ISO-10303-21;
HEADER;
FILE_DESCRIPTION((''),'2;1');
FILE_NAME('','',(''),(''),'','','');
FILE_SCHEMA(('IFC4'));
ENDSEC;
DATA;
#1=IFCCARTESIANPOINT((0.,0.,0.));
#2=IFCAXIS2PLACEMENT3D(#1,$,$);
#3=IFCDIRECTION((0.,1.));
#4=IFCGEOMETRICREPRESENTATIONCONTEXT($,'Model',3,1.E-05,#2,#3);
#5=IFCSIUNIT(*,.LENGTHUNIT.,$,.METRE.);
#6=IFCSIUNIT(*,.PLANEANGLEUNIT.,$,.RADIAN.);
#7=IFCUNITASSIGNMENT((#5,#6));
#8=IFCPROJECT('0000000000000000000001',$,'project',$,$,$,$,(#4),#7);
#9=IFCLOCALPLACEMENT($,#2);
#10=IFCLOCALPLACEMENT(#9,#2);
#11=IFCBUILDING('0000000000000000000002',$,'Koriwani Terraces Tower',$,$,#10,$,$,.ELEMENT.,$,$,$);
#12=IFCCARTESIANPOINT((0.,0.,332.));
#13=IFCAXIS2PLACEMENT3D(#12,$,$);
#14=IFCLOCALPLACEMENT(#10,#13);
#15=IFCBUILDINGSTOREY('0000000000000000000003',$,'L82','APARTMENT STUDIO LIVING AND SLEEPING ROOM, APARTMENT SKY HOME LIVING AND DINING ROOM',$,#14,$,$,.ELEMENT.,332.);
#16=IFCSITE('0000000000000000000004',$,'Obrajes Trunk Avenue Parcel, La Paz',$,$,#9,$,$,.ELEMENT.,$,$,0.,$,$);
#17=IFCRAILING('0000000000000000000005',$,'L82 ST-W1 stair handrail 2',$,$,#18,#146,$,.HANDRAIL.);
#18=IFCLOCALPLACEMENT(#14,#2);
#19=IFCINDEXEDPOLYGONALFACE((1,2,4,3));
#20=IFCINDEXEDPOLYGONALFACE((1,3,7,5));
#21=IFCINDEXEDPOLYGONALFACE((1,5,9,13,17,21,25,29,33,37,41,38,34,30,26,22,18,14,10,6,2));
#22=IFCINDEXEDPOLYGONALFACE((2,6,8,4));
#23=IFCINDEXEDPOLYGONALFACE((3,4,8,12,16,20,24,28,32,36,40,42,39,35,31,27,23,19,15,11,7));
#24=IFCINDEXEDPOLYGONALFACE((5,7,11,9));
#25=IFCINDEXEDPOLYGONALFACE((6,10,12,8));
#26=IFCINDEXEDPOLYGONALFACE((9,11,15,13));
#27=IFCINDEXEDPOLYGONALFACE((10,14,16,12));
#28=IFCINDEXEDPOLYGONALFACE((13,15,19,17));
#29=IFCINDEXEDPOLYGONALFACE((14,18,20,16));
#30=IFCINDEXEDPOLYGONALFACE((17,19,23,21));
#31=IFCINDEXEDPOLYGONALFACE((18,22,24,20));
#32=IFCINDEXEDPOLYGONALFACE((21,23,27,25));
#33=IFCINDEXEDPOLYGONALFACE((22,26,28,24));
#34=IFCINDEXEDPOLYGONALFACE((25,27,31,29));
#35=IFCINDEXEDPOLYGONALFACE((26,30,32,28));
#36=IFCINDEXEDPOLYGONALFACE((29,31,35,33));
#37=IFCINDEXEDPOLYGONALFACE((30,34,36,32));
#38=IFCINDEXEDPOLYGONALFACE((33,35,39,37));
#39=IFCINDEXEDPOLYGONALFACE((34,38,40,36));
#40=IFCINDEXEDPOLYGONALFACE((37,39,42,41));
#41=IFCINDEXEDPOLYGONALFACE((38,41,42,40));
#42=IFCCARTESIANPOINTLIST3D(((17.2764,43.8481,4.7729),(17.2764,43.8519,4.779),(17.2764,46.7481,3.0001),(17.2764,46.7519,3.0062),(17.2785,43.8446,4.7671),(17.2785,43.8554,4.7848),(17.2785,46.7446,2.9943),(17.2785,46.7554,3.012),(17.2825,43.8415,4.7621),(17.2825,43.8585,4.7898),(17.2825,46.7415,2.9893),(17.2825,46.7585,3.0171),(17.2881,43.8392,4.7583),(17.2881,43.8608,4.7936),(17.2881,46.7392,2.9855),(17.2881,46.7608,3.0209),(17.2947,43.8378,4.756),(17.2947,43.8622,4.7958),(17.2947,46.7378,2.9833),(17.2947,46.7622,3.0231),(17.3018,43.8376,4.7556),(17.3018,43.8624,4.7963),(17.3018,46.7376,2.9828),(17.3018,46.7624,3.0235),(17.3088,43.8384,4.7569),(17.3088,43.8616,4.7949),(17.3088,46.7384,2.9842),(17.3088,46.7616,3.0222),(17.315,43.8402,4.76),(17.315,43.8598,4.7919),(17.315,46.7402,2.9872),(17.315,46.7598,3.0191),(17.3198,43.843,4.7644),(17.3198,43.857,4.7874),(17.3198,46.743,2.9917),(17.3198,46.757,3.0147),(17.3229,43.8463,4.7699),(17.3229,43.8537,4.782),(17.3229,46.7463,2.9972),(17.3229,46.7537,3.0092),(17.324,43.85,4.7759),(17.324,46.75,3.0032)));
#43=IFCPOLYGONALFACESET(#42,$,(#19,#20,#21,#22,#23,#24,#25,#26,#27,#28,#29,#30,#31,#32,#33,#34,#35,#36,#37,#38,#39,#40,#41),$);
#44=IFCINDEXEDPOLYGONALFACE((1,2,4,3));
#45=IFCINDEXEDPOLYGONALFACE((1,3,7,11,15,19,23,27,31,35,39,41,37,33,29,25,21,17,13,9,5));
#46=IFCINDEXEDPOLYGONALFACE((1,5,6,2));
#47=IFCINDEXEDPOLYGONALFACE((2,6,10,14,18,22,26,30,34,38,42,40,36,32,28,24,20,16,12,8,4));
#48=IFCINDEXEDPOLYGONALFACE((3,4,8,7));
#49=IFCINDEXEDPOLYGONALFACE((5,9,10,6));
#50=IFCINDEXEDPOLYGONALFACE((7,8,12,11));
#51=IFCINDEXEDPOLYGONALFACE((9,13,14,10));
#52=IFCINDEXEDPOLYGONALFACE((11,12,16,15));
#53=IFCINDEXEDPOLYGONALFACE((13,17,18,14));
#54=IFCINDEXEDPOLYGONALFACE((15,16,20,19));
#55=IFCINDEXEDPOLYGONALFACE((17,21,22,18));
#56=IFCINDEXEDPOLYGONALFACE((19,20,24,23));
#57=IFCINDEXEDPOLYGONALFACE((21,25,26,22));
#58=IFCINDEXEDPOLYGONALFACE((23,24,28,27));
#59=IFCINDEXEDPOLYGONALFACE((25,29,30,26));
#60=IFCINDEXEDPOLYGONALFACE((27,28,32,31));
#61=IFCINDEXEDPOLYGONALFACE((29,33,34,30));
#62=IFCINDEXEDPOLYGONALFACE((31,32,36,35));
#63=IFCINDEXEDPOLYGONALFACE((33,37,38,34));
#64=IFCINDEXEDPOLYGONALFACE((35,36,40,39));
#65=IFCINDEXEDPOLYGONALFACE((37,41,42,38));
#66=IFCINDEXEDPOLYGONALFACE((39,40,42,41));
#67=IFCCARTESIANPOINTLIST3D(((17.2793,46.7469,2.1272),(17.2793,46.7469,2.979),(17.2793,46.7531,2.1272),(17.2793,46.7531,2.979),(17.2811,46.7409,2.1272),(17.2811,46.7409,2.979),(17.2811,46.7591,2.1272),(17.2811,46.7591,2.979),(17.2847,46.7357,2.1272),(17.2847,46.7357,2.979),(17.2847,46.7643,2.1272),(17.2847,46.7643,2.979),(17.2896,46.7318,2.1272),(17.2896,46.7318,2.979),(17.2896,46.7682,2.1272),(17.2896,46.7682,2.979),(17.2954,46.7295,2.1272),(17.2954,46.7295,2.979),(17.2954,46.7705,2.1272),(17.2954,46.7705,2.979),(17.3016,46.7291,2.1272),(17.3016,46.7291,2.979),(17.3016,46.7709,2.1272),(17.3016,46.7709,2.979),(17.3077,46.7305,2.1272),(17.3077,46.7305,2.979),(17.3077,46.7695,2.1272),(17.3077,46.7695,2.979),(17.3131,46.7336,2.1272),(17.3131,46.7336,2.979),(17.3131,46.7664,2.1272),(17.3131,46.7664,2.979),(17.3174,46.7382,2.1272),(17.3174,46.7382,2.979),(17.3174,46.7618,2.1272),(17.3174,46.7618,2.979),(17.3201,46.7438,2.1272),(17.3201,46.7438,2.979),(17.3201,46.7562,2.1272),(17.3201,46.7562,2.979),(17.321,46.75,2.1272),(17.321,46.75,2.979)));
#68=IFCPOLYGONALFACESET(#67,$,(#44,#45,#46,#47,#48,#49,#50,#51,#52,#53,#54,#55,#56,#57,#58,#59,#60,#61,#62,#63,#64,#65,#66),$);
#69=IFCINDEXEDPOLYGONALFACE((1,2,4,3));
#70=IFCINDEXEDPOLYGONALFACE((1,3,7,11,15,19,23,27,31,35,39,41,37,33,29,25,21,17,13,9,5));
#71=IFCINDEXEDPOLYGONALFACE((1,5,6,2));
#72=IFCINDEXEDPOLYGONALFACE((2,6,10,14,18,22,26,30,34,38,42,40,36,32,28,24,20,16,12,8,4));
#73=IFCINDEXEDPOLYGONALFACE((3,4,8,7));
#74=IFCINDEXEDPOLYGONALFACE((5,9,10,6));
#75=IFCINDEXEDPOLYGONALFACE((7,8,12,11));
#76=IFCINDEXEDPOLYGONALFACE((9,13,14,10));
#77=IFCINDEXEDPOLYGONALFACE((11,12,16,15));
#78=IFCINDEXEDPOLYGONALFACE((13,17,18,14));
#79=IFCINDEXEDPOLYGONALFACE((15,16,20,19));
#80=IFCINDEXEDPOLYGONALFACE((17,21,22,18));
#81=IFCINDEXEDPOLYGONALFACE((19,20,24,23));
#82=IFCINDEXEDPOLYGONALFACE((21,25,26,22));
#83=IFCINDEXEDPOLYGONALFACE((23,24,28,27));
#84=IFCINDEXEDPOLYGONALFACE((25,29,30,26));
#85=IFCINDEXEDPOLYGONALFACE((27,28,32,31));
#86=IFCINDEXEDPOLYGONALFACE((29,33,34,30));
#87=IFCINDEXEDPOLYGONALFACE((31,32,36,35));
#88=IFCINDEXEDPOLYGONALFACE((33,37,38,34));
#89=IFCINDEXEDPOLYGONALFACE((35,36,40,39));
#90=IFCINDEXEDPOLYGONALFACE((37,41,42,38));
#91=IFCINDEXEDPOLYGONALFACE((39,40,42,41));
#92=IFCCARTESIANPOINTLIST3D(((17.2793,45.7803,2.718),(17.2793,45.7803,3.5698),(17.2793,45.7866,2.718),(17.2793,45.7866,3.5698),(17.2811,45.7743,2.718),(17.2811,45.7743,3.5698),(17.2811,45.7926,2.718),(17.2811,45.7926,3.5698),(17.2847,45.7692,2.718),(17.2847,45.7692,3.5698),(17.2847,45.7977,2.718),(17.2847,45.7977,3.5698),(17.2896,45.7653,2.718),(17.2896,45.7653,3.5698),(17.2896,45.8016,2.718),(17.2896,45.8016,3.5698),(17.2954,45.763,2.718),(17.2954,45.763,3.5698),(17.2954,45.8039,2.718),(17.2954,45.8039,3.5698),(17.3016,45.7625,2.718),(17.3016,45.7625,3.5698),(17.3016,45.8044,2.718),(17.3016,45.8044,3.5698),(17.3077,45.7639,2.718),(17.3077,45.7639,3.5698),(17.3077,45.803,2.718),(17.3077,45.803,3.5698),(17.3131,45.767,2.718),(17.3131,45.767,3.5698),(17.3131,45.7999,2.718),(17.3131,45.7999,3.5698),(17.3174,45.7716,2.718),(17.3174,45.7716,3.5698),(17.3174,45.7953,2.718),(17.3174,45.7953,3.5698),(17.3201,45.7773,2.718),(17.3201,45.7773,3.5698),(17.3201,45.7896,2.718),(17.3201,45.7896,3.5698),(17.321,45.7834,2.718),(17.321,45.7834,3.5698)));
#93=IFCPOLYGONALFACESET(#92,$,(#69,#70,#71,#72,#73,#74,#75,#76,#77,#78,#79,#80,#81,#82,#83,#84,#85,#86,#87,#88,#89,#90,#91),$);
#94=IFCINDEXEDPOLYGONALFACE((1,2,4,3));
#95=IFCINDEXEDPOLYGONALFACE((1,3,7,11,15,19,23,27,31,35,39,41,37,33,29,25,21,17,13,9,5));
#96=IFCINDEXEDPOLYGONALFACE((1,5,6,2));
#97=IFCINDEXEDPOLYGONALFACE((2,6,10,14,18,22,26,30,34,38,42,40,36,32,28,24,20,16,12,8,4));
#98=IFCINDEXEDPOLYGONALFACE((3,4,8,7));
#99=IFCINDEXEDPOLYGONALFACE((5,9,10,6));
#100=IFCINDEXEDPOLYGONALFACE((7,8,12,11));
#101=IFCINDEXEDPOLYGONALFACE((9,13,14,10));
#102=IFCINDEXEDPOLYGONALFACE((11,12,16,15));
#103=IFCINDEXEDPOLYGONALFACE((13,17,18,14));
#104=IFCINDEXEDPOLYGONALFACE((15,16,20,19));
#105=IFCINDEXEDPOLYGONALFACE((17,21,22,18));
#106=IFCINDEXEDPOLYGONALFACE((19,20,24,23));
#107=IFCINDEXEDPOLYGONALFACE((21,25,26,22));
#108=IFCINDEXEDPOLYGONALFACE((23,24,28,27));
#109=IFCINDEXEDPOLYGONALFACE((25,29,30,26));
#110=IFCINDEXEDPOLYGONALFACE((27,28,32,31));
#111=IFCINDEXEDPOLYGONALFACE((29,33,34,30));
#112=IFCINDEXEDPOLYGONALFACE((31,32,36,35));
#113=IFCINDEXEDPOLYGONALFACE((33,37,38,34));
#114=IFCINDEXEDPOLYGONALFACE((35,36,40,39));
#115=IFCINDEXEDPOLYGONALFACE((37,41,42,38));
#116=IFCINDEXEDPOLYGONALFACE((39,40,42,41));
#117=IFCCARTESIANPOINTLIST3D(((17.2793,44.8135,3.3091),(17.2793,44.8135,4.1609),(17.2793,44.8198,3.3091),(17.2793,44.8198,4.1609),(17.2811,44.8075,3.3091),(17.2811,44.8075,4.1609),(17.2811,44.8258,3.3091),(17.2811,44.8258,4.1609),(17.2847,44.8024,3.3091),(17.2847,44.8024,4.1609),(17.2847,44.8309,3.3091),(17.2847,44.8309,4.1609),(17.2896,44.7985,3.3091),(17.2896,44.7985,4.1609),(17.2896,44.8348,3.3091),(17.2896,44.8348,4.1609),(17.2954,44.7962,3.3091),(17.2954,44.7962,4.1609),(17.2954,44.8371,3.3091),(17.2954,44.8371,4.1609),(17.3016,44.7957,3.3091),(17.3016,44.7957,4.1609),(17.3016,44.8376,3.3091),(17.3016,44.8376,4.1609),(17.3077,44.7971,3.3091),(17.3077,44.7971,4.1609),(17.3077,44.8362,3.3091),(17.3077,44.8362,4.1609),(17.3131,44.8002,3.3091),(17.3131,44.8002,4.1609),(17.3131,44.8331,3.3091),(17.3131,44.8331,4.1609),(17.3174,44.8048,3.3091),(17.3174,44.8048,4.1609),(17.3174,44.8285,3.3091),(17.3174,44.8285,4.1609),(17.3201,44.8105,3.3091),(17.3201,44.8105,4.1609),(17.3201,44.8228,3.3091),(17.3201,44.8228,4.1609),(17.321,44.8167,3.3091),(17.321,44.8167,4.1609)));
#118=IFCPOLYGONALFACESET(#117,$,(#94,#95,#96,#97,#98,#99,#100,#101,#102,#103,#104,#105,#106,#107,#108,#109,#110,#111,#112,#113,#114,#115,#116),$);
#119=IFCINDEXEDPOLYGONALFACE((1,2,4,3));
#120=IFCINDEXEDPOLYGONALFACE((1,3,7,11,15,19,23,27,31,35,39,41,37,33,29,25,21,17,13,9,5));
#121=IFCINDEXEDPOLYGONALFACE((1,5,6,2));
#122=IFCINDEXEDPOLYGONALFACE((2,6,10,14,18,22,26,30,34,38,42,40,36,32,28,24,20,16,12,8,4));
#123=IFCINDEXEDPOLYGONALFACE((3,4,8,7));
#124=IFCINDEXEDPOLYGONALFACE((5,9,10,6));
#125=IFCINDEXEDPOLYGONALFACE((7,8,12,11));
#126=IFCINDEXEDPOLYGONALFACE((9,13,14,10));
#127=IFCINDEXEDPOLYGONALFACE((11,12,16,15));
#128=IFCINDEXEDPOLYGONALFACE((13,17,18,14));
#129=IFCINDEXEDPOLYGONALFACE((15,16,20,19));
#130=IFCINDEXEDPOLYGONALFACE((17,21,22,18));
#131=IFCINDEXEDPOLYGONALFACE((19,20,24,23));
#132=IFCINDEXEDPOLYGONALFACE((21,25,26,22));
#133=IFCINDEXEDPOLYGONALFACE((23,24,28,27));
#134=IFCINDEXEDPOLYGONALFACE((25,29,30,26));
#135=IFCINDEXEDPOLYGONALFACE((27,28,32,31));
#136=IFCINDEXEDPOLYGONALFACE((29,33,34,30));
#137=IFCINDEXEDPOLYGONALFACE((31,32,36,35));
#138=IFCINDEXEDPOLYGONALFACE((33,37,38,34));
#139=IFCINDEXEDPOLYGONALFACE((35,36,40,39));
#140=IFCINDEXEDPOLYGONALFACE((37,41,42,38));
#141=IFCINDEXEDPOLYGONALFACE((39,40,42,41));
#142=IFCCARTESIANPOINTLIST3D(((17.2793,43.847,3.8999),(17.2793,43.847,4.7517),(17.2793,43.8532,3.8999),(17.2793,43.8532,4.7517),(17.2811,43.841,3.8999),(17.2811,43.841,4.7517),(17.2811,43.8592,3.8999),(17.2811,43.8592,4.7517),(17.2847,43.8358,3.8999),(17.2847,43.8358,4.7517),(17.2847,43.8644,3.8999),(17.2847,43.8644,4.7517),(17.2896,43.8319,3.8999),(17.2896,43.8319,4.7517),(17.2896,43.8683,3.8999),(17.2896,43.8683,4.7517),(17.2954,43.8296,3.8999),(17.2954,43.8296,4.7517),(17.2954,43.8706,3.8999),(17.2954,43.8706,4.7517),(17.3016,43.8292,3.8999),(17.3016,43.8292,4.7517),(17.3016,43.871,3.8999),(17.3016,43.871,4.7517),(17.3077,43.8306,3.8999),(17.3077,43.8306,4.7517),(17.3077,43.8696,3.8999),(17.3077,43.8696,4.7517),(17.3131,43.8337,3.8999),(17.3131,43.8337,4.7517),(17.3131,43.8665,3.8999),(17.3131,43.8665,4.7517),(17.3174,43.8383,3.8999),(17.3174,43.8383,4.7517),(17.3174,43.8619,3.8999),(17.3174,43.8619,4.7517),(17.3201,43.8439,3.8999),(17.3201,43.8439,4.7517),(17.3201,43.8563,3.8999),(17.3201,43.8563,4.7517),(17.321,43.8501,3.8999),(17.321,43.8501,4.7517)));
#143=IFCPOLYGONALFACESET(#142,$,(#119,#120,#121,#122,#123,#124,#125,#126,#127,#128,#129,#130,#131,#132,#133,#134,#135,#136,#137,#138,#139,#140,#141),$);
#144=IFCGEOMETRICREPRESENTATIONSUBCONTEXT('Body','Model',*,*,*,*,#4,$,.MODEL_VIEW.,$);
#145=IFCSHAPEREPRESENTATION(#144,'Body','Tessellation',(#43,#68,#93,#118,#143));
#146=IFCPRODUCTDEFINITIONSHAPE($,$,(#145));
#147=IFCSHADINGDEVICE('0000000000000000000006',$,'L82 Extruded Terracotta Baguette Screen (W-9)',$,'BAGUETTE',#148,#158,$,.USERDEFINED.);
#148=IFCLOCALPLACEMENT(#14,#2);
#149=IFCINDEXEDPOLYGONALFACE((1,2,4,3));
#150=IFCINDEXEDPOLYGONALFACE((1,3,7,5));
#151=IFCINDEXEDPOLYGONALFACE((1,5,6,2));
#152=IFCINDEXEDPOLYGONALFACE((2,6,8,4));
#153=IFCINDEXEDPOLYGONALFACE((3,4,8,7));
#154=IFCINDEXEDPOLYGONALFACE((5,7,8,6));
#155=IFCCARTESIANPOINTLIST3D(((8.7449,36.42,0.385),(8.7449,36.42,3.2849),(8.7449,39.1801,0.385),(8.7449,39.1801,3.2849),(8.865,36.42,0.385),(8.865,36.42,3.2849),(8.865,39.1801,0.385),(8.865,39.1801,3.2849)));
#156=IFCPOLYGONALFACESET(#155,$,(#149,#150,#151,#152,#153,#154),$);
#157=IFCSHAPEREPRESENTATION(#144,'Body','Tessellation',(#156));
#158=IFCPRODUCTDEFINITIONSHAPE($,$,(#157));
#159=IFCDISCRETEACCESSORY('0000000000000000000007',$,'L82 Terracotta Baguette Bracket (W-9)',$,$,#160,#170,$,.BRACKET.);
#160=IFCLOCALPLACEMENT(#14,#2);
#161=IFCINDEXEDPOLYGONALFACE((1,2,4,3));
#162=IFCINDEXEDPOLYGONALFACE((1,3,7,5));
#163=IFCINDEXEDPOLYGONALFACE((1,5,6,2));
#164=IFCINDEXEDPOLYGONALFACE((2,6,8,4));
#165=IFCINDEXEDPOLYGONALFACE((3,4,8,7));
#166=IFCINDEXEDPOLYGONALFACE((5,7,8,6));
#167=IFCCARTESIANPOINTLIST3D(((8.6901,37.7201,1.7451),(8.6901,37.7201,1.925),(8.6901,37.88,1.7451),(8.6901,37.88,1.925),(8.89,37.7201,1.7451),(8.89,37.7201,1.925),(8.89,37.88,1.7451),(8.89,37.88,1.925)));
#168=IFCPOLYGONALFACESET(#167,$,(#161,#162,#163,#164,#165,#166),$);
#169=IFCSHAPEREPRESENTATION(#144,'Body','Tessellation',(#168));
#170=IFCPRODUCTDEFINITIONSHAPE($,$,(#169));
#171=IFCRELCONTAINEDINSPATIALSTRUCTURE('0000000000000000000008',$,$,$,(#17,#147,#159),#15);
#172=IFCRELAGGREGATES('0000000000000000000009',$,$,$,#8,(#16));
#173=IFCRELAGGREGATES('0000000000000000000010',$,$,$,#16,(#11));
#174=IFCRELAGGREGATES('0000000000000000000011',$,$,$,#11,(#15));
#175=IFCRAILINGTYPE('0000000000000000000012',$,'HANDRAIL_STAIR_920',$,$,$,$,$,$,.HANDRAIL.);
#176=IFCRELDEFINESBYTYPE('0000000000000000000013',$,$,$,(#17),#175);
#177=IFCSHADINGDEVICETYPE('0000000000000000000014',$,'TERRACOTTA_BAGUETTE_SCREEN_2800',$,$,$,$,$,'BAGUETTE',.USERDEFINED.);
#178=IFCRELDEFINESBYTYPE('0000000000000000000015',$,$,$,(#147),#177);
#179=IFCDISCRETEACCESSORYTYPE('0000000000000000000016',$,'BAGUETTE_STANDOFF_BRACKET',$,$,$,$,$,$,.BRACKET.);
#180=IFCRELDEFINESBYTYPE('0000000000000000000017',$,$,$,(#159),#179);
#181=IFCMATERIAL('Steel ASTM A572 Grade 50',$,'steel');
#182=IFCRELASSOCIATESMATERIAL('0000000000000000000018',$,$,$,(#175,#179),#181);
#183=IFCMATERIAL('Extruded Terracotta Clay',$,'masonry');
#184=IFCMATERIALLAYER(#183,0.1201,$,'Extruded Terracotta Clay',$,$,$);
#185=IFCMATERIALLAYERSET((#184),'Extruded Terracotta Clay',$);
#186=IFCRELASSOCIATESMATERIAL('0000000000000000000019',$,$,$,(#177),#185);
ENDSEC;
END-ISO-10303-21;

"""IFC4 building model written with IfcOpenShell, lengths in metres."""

from ifc_helpers import new_model, si_unit, direction, frame, origin, origin_2d, place, context, subcontext, project, spatial, rectangle, circle, extrude, material, layer, layer_set, type_object, element, save


model = new_model("IFC4")

# Units and contexts
model_context = context("Model", 3, precision=1e-05, world=origin(), true_north=direction((0.0, 1.0)))
body_context = subcontext(model_context, "Body", "Model", "MODEL_VIEW")
ifc_project = project(units=[si_unit("LENGTHUNIT", "METRE"), si_unit("PLANEANGLEUNIT", "RADIAN")], contexts=[model_context])

# Site, building, storey
site_placement = place(None, origin())
site = spatial("IfcSite", under=ifc_project, at=site_placement, Name="Obrajes Trunk Avenue Parcel, La Paz", CompositionType="ELEMENT", RefElevation=0.0)
building_placement = place(site_placement, origin())
building = spatial("IfcBuilding", under=site, at=building_placement, Name="Koriwani Terraces Tower", CompositionType="ELEMENT")
storey_placement = place(building_placement, frame((0.0, 0.0, 332.0)))
storey = spatial("IfcBuildingStorey", under=building, at=storey_placement, Name="L82", Description="APARTMENT STUDIO LIVING AND SLEEPING ROOM, APARTMENT SKY HOME LIVING AND DINING ROOM", CompositionType="ELEMENT", Elevation=332.0)

# Shared definitions
ifc_material_1 = material(Name="Steel ASTM A572 Grade 50", Category="steel")

# Railing
railing_type_1 = type_object("IfcRailingType", Name="HANDRAIL_STAIR_920", PredefinedType="HANDRAIL", material=ifc_material_1)
railing_1_placement = place(storey_placement, frame((17.3, 46.75, 2.1272)))
element("IfcRailing", 1, at=railing_1_placement, inside=storey, type_object=railing_type_1, Name="L82 ST-W1 stair handrail 2", PredefinedType="HANDRAIL", context=body_context, shape_type="SweptSolid", body=[
    extrude(circle(Radius=0.0239, at=origin_2d()), frame((0.0, 0.0, 0.876), z_axis=(0.0, -0.853211, 0.521566), x_axis=(1.0, 0.0, 0.0)), (0.0, 0.0, 1.0), 3.3989),
    extrude(circle(Radius=0.021, at=origin_2d()), origin(), (0.0, 0.0, 1.0), 0.8518),
    extrude(circle(Radius=0.021, at=origin_2d()), frame((0.0, -0.9666, 0.5908)), (0.0, 0.0, 1.0), 0.8518),
    extrude(circle(Radius=0.021, at=origin_2d()), frame((0.0, -1.9333, 1.1819)), (0.0, 0.0, 1.0), 0.8518),
    extrude(circle(Radius=0.021, at=origin_2d()), frame((0.0, -2.8999, 1.7727)), (0.0, 0.0, 1.0), 0.8518),
])

# Shading device
ifc_material_2 = material(Name="Extruded Terracotta Clay", Category="masonry")
ifc_layer_1 = layer(ifc_material_2, 0.1201, Name="Extruded Terracotta Clay")
ifc_layer_set_1 = layer_set([ifc_layer_1], Name="Extruded Terracotta Clay")
shading_device_type = type_object("IfcShadingDeviceType", Name="TERRACOTTA_BAGUETTE_SCREEN_2800", ElementType="BAGUETTE", PredefinedType="USERDEFINED", material=ifc_layer_set_1)
shading_device_placement = place(storey_placement, frame((8.8049, 37.8, 0.385), z_axis=(0.0, 0.0, 1.0), x_axis=(0.0, 1.0, 0.0)))
element("IfcShadingDevice", 2, at=shading_device_placement, inside=storey, type_object=shading_device_type, Name="L82 Extruded Terracotta Baguette Screen (W-9)", ObjectType="BAGUETTE", PredefinedType="USERDEFINED", context=body_context, shape_type="SweptSolid", body=[
    extrude(rectangle(XDim=2.76, YDim=0.1201, at=origin_2d()), origin(), (0.0, 0.0, 1.0), 2.8999),
])

# Discrete accessory
discrete_accessory_type = type_object("IfcDiscreteAccessoryType", Name="BAGUETTE_STANDOFF_BRACKET", PredefinedType="BRACKET", material=ifc_material_1)
discrete_accessory_placement = place(storey_placement, frame((8.79, 37.8, 1.7451), z_axis=(0.0, 0.0, 1.0), x_axis=(0.0, 1.0, 0.0)))
element("IfcDiscreteAccessory", 3, at=discrete_accessory_placement, inside=storey, type_object=discrete_accessory_type, Name="L82 Terracotta Baguette Bracket (W-9)", PredefinedType="BRACKET", context=body_context, shape_type="SweptSolid", body=[
    extrude(rectangle(XDim=0.1599, YDim=0.2, at=origin_2d()), origin(), (0.0, 0.0, 1.0), 0.1799),
])

save(model, "model.ifc")
